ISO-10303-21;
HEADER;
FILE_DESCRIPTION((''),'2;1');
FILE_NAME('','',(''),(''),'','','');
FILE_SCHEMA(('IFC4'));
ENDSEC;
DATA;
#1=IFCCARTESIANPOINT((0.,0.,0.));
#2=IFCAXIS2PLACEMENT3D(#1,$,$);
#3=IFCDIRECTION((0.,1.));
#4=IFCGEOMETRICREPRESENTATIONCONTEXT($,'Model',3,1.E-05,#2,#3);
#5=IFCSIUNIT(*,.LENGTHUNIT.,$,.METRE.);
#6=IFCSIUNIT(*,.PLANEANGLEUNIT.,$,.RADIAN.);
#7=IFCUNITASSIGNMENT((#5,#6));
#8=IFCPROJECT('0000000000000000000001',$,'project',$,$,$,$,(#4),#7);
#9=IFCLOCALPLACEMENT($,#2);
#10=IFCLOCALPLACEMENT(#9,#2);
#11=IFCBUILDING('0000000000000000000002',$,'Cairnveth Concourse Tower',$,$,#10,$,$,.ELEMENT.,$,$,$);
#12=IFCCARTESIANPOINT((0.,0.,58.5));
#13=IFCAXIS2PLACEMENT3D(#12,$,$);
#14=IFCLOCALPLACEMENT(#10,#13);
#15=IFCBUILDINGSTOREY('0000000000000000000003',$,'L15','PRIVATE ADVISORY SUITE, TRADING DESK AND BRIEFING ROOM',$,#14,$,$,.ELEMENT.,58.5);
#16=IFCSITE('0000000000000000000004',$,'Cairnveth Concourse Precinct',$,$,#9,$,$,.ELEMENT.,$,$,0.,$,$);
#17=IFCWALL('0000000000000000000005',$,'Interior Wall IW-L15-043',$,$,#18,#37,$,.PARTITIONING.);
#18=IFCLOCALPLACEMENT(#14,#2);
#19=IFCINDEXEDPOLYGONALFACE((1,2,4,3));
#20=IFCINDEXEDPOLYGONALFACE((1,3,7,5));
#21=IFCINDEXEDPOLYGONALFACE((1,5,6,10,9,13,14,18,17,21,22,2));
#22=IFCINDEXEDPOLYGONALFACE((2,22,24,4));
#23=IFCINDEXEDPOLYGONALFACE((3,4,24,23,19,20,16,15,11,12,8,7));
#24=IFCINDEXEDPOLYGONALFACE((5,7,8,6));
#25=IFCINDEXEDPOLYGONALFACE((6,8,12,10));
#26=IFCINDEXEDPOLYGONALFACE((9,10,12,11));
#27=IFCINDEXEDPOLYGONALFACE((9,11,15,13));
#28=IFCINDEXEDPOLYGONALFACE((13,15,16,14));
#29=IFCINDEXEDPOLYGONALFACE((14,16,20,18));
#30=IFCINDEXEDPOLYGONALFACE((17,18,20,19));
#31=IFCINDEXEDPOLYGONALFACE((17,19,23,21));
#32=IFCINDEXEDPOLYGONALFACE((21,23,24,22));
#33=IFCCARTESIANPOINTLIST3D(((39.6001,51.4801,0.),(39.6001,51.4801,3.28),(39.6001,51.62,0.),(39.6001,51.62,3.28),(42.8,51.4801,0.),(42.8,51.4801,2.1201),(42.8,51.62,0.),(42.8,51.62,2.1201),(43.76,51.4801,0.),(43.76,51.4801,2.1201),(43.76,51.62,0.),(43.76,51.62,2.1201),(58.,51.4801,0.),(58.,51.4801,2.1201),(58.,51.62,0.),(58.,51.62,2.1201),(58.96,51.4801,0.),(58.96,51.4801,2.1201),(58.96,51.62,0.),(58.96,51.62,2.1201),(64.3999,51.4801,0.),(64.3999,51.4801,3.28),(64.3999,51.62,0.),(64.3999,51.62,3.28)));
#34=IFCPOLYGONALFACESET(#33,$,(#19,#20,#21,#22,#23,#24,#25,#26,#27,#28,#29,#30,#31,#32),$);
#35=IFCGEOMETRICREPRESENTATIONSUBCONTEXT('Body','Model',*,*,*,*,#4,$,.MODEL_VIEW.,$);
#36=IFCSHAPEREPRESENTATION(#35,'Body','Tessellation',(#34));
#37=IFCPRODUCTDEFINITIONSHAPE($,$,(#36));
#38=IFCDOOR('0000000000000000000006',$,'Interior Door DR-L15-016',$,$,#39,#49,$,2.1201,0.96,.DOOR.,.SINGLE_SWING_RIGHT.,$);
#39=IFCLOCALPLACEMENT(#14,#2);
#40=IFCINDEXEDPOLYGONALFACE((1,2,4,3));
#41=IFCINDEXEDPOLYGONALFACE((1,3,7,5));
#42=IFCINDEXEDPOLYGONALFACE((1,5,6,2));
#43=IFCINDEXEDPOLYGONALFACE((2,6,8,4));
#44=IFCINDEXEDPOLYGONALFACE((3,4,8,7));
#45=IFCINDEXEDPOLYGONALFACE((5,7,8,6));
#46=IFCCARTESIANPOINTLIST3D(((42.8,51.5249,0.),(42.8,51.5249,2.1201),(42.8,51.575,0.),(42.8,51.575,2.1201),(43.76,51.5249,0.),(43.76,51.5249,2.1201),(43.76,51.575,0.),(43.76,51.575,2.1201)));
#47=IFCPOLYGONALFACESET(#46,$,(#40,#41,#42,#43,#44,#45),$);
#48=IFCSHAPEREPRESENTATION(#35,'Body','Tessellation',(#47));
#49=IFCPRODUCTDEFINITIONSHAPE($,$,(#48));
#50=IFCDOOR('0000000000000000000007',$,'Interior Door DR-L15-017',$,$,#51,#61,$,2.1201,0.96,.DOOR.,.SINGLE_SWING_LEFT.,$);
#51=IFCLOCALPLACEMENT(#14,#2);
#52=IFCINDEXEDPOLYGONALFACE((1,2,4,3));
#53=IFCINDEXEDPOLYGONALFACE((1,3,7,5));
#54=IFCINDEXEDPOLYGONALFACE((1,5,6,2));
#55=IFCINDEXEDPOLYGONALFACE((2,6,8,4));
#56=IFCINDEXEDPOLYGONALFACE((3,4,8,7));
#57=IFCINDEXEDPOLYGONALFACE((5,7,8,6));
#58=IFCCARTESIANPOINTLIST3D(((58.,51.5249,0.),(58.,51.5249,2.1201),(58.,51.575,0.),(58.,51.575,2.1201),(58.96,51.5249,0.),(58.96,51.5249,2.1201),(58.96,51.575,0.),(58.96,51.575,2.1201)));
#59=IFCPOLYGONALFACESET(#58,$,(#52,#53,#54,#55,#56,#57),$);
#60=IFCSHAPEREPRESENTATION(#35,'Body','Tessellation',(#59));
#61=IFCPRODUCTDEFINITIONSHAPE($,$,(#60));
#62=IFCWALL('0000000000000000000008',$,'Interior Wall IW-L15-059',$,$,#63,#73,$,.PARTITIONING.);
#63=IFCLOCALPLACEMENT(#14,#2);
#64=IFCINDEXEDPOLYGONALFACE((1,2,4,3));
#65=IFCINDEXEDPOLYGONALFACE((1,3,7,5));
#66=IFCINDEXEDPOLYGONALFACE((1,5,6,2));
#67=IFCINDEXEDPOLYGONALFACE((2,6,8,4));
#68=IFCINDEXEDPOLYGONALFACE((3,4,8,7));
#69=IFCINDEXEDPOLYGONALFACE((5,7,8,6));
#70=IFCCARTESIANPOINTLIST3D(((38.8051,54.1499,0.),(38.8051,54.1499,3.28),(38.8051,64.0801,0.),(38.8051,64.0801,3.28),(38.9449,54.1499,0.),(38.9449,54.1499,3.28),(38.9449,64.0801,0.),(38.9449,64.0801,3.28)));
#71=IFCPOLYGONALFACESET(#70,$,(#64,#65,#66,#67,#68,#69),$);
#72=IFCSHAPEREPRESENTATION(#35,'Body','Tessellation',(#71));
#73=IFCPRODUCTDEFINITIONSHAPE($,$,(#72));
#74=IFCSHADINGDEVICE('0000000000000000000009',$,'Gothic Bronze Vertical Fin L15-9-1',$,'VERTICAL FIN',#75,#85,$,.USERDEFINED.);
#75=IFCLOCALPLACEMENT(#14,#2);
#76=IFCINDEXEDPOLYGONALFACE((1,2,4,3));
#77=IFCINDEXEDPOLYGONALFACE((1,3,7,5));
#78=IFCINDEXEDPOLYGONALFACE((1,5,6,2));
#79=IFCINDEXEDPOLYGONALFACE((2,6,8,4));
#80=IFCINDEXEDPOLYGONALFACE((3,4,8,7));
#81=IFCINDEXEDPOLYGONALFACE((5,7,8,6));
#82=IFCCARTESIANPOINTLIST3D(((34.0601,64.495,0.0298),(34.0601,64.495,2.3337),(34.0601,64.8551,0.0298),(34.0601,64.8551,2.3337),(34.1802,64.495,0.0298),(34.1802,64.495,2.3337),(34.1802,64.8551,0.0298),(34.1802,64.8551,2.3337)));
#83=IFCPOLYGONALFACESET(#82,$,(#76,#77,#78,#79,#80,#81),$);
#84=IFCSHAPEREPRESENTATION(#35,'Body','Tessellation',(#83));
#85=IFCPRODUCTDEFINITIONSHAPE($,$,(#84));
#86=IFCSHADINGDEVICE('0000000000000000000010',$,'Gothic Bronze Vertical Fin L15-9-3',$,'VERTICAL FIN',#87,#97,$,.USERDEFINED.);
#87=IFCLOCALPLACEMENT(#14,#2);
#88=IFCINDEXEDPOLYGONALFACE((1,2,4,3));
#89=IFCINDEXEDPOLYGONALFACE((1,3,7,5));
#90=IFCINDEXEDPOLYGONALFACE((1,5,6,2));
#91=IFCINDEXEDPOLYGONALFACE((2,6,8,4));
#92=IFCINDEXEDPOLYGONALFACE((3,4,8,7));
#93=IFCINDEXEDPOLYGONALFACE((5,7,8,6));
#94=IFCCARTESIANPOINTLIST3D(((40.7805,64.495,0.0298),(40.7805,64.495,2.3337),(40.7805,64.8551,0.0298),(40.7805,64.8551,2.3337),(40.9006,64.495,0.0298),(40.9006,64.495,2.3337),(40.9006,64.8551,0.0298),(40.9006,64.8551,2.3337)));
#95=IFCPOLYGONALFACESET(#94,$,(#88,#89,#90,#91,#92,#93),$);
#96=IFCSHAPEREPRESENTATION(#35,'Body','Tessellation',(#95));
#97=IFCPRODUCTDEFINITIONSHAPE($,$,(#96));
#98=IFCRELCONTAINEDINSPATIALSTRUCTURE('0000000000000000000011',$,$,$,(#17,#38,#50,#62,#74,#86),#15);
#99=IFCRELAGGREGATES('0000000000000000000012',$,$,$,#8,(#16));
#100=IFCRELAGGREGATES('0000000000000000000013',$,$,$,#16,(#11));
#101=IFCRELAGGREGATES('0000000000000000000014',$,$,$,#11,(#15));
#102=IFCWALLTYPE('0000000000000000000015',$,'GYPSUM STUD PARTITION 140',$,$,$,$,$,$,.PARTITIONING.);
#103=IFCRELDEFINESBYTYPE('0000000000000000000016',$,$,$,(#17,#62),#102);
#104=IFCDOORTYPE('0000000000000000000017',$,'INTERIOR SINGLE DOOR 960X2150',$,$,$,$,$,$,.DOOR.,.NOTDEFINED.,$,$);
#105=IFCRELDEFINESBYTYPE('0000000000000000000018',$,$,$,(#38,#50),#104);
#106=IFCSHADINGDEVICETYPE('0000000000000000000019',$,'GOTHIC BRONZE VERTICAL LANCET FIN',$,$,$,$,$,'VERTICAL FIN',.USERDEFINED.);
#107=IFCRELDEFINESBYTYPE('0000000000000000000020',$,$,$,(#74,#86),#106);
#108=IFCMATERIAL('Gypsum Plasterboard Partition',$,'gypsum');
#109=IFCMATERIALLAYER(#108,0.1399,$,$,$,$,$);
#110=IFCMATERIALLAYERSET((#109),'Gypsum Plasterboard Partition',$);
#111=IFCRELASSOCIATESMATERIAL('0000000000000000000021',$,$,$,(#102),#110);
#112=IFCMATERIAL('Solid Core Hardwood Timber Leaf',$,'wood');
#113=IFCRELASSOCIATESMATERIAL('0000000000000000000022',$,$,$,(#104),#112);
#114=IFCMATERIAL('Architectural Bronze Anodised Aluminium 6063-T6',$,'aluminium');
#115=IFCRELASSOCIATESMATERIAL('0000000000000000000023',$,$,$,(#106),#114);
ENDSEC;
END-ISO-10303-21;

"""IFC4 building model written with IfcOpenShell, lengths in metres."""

from ifc_helpers import new_model, si_unit, direction, frame, frame_2d, origin, origin_2d, place, context, subcontext, project, spatial, rectangle, extrude, material, layer, layer_set, type_object, element, fill, save


model = new_model("IFC4")

# Units and contexts
model_context = context("Model", 3, precision=1e-05, world=origin(), true_north=direction((0.0, 1.0)))
body_context = subcontext(model_context, "Body", "Model", "MODEL_VIEW")
ifc_project = project(units=[si_unit("LENGTHUNIT", "METRE"), si_unit("PLANEANGLEUNIT", "RADIAN")], contexts=[model_context])

# Site, building, storey
site_placement = place(None, origin())
site = spatial("IfcSite", under=ifc_project, at=site_placement, Name="Cairnveth Concourse Precinct", CompositionType="ELEMENT", RefElevation=0.0)
building_placement = place(site_placement, origin())
building = spatial("IfcBuilding", under=site, at=building_placement, Name="Cairnveth Concourse Tower", CompositionType="ELEMENT")
storey_placement = place(building_placement, frame((0.0, 0.0, 58.5)))
storey = spatial("IfcBuildingStorey", under=building, at=storey_placement, Name="L15", Description="PRIVATE ADVISORY SUITE, TRADING DESK AND BRIEFING ROOM", CompositionType="ELEMENT", Elevation=58.5)

# Wall, openings, doors
ifc_material_1 = material(Name="Gypsum Plasterboard Partition", Category="gypsum")
ifc_layer_1 = layer(ifc_material_1, 0.1399)
ifc_layer_set_1 = layer_set([ifc_layer_1], Name="Gypsum Plasterboard Partition")
wall_type_1 = type_object("IfcWallType", Name="GYPSUM STUD PARTITION 140", PredefinedType="PARTITIONING", material=ifc_layer_set_1)
ifc_material_2 = material(Name="Solid Core Hardwood Timber Leaf", Category="wood")
door_type = type_object("IfcDoorType", Name="INTERIOR SINGLE DOOR 960X2150", OperationType="NOTDEFINED", PredefinedType="DOOR", material=ifc_material_2)
wall_1_placement = place(storey_placement, frame((39.6001, 51.55, 0.0), z_axis=(0.0, 0.0, 1.0), x_axis=(1.0, 0.0, 0.0)))
wall_1 = element("IfcWall", 1, at=wall_1_placement, inside=storey, type_object=wall_type_1, Name="Interior Wall IW-L15-043", PredefinedType="PARTITIONING", context=body_context, shape_type="SweptSolid", body=[
    extrude(rectangle(XDim=24.7998, YDim=0.1399, at=frame_2d((12.3999, 0.0))), origin(), (0.0, 0.0, 1.0), 3.28),
])
opening_1_placement = place(wall_1_placement, frame((3.2, 0.0, 0.0)))
opening_1 = element("IfcOpeningElement", 2, at=opening_1_placement, cuts=wall_1, PredefinedType="OPENING", context=body_context, shape_type="SweptSolid", body=[
    extrude(rectangle(XDim=0.96, YDim=2.1201, at=frame_2d((0.48, 1.0601))), frame((0.0, 0.0798, 0.0), z_axis=(0.0, -1.0, 0.0), x_axis=(1.0, 0.0, 0.0)), (0.0, 0.0, 1.0), 0.1599),
])
opening_2_placement = place(wall_1_placement, frame((18.3999, 0.0, 0.0)))
opening_2 = element("IfcOpeningElement", 3, at=opening_2_placement, cuts=wall_1, PredefinedType="OPENING", context=body_context, shape_type="SweptSolid", body=[
    extrude(rectangle(XDim=0.96, YDim=2.1201, at=frame_2d((0.48, 1.0601))), frame((0.0, 0.0798, 0.0), z_axis=(0.0, -1.0, 0.0), x_axis=(1.0, 0.0, 0.0)), (0.0, 0.0, 1.0), 0.1599),
])
door_1_placement = place(opening_1_placement, origin())
door_1 = element("IfcDoor", 4, at=door_1_placement, inside=storey, type_object=door_type, Name="Interior Door DR-L15-016", OperationType="SINGLE_SWING_RIGHT", OverallHeight=2.1201, OverallWidth=0.96, PredefinedType="DOOR", context=body_context, shape_type="SweptSolid", body=[
    extrude(rectangle(XDim=0.96, YDim=2.1201, at=frame_2d((0.48, 1.0601))), frame((0.0, 0.0249, 0.0), z_axis=(0.0, -1.0, 0.0), x_axis=(1.0, 0.0, 0.0)), (0.0, 0.0, 1.0), 0.05),
])
fill(opening_1, door_1)
door_2_placement = place(opening_2_placement, origin())
door_2 = element("IfcDoor", 5, at=door_2_placement, inside=storey, type_object=door_type, Name="Interior Door DR-L15-017", OperationType="SINGLE_SWING_LEFT", OverallHeight=2.1201, OverallWidth=0.96, PredefinedType="DOOR", context=body_context, shape_type="SweptSolid", body=[
    extrude(rectangle(XDim=0.96, YDim=2.1201, at=frame_2d((0.48, 1.0601))), frame((0.0, 0.0249, 0.0), z_axis=(0.0, -1.0, 0.0), x_axis=(1.0, 0.0, 0.0)), (0.0, 0.0, 1.0), 0.05),
])
fill(opening_2, door_2)

# Wall
wall_2_placement = place(storey_placement, frame((38.875, 54.1499, 0.0), z_axis=(0.0, 0.0, 1.0), x_axis=(0.0, 1.0, 0.0)))
element("IfcWall", 6, at=wall_2_placement, inside=storey, type_object=wall_type_1, Name="Interior Wall IW-L15-059", PredefinedType="PARTITIONING", context=body_context, shape_type="SweptSolid", body=[
    extrude(rectangle(XDim=9.9302, YDim=0.1399, at=frame_2d((4.9651, 0.0))), origin(), (0.0, 0.0, 1.0), 3.28),
])

# Shading devices
ifc_material_3 = material(Name="Architectural Bronze Anodised Aluminium 6063-T6", Category="aluminium")
shading_device_type = type_object("IfcShadingDeviceType", Name="GOTHIC BRONZE VERTICAL LANCET FIN", ElementType="VERTICAL FIN", PredefinedType="USERDEFINED", material=ifc_material_3)
for number, where, z_axis, x_axis, name in (
    (7, (34.1201, 64.675, 0.0298), (0.0, 0.0, 1.0), (1.0, 0.0, 0.0), "Gothic Bronze Vertical Fin L15-9-1"),
    (8, (40.8406, 64.675, 0.0298), (0.0, 0.0, 1.0), (1.0, 0.0, 0.0), "Gothic Bronze Vertical Fin L15-9-3"),
):
    element("IfcShadingDevice", number, at=place(storey_placement, frame(where, z_axis=z_axis, x_axis=x_axis)), inside=storey, type_object=shading_device_type, Name=name, ObjectType="VERTICAL FIN", PredefinedType="USERDEFINED", context=body_context, shape_type="SweptSolid", body=[
        extrude(rectangle(XDim=0.1201, YDim=0.3601, at=origin_2d()), origin(), (0.0, 0.0, 1.0), 2.304),
    ])

save(model, "model.ifc")
